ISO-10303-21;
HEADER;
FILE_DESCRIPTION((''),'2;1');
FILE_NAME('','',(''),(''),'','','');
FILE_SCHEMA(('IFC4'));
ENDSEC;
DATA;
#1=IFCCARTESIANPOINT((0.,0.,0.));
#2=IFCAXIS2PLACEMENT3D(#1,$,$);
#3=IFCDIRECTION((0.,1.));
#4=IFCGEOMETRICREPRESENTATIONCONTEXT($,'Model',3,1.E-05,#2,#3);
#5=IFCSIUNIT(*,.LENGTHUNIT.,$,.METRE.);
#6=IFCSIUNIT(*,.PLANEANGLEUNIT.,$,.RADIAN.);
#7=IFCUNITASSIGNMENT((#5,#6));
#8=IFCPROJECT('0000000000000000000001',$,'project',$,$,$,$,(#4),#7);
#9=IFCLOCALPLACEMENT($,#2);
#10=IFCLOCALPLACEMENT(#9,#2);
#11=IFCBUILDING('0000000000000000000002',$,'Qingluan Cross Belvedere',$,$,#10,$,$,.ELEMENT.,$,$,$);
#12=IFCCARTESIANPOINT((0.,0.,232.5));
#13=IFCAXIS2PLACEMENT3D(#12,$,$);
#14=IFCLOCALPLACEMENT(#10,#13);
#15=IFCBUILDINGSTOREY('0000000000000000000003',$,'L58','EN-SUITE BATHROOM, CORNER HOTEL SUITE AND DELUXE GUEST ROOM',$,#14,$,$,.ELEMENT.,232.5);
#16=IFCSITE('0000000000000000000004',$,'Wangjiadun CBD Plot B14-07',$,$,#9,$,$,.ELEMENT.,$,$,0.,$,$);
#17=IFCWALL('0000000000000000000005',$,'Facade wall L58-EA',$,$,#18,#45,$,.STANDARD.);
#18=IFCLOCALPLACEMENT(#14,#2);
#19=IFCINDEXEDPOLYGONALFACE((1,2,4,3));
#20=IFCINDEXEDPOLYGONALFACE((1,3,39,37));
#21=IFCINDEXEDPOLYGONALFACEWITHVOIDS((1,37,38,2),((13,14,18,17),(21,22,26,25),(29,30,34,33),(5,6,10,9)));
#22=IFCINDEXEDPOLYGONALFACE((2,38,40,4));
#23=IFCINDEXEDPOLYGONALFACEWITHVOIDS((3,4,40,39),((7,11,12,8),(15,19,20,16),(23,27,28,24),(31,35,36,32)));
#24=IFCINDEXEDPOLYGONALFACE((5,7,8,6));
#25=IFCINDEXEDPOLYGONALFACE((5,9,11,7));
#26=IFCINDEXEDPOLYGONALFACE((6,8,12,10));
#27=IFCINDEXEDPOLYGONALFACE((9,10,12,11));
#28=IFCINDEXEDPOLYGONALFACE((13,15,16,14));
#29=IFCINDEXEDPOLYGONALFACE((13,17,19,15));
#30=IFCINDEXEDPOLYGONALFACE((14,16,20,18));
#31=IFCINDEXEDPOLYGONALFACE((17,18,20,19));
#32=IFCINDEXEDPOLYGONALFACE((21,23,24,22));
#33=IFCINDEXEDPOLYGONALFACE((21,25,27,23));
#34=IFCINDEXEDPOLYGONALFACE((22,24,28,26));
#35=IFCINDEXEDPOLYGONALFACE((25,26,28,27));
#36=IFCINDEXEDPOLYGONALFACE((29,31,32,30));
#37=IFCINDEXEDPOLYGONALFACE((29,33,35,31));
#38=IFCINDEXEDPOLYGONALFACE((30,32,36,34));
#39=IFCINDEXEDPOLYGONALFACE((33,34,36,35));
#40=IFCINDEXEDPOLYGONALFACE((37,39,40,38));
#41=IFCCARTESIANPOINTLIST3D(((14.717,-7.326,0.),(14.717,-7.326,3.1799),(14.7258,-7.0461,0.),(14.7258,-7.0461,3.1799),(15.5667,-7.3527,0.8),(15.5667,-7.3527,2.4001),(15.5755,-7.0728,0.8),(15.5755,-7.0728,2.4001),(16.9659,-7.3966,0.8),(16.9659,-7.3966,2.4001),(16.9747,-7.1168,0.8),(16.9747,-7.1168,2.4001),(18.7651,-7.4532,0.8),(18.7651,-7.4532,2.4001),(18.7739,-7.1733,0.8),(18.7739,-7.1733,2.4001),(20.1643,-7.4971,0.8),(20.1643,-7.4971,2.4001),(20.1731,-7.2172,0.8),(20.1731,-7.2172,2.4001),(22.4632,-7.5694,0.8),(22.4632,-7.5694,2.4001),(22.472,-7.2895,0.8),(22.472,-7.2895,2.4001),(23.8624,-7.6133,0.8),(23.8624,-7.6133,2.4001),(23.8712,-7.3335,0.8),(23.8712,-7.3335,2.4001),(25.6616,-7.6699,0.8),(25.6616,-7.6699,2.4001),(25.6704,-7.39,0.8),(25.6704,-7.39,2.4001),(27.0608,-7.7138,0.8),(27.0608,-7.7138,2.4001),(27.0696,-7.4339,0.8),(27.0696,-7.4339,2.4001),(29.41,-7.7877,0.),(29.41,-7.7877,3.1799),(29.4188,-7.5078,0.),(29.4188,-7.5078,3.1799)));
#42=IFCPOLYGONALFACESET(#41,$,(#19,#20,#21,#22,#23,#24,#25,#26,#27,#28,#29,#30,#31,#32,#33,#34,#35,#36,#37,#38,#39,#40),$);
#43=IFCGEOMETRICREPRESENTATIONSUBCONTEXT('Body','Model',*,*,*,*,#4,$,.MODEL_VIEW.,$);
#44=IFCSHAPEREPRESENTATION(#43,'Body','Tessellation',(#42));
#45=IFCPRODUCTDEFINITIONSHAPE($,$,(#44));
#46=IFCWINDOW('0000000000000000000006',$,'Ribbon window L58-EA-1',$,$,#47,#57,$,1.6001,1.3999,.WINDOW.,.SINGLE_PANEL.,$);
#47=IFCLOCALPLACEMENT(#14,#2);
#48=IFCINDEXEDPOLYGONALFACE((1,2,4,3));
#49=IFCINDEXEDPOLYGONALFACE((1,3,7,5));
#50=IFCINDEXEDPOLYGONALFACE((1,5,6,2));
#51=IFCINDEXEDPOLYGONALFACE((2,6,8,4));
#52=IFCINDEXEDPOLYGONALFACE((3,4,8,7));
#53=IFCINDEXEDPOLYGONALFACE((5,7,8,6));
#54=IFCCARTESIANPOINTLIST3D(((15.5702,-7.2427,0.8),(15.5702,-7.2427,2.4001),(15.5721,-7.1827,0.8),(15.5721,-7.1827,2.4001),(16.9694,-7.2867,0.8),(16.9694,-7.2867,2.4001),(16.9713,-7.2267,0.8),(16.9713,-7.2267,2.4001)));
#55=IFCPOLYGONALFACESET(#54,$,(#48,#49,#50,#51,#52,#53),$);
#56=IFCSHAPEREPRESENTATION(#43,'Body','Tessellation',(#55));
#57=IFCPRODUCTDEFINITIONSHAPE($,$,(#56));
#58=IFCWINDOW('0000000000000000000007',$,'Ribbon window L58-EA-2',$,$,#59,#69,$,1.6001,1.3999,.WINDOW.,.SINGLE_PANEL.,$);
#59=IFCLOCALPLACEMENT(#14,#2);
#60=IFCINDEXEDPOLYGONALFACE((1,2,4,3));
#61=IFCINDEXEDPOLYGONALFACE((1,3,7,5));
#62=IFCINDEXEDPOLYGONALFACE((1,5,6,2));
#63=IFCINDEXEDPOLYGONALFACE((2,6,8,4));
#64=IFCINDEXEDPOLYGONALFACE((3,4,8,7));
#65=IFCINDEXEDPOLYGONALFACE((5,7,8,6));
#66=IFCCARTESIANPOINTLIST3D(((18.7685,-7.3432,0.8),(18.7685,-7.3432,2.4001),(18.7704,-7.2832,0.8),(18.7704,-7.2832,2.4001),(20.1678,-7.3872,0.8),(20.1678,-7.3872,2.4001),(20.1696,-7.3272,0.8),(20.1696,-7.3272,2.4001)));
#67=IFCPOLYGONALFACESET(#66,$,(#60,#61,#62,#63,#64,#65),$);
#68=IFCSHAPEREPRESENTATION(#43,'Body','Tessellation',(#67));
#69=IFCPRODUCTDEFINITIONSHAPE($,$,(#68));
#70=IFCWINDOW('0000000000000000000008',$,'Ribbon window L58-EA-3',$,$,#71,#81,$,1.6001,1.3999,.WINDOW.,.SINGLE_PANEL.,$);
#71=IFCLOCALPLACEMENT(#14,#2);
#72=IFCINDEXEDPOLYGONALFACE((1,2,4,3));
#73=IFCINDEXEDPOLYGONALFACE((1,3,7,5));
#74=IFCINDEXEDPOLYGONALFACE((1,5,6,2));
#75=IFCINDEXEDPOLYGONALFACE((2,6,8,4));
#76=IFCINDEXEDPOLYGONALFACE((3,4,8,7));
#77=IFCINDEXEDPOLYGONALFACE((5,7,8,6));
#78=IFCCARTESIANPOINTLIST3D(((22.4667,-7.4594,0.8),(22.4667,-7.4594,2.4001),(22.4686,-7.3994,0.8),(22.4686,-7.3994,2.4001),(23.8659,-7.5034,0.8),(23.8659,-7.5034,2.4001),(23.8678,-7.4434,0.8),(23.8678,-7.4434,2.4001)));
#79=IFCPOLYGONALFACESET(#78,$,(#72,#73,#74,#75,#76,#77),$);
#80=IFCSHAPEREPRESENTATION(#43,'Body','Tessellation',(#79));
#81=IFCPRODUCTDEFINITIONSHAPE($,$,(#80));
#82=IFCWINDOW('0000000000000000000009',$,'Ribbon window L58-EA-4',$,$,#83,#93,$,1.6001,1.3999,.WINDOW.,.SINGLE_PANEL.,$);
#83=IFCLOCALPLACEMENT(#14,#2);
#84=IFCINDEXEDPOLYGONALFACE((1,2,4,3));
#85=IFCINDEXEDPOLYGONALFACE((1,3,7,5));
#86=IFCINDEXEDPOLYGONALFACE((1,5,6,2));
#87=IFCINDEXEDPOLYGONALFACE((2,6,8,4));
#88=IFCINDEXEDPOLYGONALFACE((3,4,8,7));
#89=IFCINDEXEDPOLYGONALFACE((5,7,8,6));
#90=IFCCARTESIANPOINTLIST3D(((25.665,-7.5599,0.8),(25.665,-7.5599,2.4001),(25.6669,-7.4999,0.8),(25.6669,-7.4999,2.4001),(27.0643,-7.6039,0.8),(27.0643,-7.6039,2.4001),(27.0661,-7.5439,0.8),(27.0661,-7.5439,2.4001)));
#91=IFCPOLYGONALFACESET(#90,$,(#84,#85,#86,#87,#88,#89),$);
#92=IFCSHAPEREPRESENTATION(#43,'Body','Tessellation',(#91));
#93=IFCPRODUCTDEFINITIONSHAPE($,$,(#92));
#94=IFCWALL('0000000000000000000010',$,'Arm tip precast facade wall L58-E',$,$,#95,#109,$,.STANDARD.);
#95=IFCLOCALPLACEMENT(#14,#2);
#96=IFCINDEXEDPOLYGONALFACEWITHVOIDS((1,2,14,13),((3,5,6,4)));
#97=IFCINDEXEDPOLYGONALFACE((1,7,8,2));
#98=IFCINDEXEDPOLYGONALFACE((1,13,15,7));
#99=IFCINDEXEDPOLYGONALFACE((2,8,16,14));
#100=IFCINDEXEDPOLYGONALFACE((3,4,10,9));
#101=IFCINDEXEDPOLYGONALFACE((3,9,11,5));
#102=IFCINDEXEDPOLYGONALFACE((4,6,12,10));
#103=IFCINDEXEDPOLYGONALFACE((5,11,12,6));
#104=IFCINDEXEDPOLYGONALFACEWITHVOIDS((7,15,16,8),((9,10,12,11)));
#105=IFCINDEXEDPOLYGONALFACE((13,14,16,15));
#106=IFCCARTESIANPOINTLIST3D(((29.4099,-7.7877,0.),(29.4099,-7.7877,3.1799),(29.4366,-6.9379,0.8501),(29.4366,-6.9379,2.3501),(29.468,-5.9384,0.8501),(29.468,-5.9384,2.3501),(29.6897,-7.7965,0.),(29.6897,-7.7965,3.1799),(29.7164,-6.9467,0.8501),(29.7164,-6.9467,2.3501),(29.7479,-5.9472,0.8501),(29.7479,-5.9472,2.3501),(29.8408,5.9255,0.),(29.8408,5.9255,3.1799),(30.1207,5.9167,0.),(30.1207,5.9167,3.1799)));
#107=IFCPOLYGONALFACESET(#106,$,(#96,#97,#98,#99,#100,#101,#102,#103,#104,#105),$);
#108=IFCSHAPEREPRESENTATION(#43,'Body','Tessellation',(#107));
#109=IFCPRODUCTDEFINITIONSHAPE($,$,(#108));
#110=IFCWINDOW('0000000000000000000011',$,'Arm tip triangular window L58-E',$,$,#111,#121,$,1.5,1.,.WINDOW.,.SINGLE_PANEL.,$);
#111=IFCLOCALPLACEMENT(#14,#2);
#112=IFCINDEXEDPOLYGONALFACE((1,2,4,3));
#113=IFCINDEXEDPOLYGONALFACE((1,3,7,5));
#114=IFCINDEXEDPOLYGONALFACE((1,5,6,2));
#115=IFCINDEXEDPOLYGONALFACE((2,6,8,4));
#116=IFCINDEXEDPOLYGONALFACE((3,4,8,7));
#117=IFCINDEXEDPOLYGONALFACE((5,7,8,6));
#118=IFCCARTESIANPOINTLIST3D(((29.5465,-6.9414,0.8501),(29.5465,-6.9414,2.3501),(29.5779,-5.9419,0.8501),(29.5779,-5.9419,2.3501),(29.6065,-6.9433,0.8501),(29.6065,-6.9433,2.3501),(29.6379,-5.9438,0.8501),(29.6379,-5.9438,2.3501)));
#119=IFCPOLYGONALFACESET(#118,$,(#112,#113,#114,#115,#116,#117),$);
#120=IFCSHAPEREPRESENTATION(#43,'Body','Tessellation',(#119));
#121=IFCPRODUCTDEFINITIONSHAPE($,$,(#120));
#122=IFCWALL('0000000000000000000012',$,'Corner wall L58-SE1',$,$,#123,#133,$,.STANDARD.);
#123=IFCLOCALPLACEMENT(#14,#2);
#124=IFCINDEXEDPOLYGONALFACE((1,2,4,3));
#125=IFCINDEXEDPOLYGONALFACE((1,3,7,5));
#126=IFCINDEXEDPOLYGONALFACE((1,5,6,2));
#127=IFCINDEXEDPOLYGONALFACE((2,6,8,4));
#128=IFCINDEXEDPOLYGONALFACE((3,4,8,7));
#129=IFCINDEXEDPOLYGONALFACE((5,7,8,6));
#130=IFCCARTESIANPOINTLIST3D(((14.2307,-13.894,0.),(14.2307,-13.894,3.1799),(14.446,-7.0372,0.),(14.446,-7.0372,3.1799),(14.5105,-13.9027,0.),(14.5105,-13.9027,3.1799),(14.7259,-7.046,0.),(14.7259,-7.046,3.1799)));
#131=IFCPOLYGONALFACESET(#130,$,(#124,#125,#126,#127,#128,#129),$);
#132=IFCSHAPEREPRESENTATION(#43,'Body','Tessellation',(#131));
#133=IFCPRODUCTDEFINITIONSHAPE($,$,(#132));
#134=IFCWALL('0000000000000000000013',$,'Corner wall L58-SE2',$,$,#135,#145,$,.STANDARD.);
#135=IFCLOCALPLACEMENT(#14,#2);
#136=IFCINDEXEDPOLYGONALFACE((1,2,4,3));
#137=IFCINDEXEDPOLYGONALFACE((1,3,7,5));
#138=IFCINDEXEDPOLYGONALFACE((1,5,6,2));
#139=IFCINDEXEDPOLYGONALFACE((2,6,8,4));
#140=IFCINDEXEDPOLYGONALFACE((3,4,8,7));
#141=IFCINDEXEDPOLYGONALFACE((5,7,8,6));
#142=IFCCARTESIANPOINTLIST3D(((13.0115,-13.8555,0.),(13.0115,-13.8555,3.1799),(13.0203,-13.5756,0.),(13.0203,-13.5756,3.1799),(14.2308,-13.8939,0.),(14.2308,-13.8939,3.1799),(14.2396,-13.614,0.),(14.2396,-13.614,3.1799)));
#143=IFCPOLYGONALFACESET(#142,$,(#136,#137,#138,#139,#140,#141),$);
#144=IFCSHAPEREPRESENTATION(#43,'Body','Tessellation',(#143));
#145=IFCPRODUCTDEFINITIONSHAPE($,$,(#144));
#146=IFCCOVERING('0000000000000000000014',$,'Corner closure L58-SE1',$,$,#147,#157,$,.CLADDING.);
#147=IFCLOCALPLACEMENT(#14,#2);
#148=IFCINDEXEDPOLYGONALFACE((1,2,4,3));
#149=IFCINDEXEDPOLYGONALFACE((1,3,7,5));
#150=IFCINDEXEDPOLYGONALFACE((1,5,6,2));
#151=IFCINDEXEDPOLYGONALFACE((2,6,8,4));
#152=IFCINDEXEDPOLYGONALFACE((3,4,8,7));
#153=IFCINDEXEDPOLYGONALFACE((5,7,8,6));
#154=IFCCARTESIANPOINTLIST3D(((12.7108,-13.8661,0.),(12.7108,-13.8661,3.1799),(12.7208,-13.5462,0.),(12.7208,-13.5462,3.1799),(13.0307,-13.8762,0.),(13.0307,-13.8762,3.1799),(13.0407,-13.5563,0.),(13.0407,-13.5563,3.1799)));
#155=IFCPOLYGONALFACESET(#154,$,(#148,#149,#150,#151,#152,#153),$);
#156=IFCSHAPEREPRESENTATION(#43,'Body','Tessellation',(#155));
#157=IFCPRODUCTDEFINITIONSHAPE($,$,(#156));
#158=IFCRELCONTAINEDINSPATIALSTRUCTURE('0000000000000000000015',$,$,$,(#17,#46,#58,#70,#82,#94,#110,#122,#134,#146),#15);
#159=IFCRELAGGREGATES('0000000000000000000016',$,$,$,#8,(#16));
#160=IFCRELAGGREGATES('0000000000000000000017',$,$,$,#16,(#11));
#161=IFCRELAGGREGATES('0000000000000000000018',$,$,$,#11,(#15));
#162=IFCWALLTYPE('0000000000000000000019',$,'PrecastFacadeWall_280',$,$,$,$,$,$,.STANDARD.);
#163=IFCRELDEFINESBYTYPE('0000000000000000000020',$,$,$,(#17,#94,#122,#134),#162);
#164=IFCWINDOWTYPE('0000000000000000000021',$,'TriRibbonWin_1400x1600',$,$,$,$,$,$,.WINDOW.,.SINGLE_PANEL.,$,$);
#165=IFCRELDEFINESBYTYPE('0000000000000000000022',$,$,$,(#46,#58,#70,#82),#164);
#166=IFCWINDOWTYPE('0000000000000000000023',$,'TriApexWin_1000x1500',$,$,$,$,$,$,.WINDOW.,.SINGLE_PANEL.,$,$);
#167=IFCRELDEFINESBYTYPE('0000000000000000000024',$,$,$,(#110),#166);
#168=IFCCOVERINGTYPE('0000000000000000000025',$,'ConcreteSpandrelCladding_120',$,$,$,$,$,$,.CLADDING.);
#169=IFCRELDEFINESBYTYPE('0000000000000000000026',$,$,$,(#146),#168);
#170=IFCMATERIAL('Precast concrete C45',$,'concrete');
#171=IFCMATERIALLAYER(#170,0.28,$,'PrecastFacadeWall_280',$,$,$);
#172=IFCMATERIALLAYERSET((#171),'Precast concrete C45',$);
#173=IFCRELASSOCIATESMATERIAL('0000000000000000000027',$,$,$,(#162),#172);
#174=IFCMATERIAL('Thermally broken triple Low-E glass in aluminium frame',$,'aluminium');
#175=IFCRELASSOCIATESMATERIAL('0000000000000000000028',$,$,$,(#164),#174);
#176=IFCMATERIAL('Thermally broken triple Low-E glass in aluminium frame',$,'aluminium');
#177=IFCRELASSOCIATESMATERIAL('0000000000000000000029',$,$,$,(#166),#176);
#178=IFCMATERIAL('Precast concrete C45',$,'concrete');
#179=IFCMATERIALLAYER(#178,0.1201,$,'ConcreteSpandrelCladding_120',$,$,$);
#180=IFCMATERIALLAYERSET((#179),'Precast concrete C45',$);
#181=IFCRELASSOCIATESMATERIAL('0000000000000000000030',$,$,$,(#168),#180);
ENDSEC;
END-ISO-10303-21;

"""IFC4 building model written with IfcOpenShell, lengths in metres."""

from ifc_helpers import new_model, si_unit, direction, frame, frame_2d, origin, origin_2d, place, context, subcontext, project, spatial, rectangle, extrude, material, layer, layer_set, type_object, element, fill, save


model = new_model("IFC4")

# Units and contexts
model_context = context("Model", 3, precision=1e-05, world=origin(), true_north=direction((0.0, 1.0)))
body_context = subcontext(model_context, "Body", "Model", "MODEL_VIEW")
ifc_project = project(units=[si_unit("LENGTHUNIT", "METRE"), si_unit("PLANEANGLEUNIT", "RADIAN")], contexts=[model_context])

# Site, building, storey
site_placement = place(None, origin())
site = spatial("IfcSite", under=ifc_project, at=site_placement, Name="Wangjiadun CBD Plot B14-07", CompositionType="ELEMENT", RefElevation=0.0)
building_placement = place(site_placement, origin())
building = spatial("IfcBuilding", under=site, at=building_placement, Name="Qingluan Cross Belvedere", CompositionType="ELEMENT")
storey_placement = place(building_placement, frame((0.0, 0.0, 232.5)))
storey = spatial("IfcBuildingStorey", under=building, at=storey_placement, Name="L58", Description="EN-SUITE BATHROOM, CORNER HOTEL SUITE AND DELUXE GUEST ROOM", CompositionType="ELEMENT", Elevation=232.5)

# Wall, openings, windows
ifc_material_1 = material(Name="Precast concrete C45", Category="concrete")
ifc_layer_1 = layer(ifc_material_1, 0.28, Name="PrecastFacadeWall_280")
ifc_layer_set_1 = layer_set([ifc_layer_1], Name="Precast concrete C45")
wall_type_1 = type_object("IfcWallType", Name="PrecastFacadeWall_280", PredefinedType="STANDARD", material=ifc_layer_set_1)
wall_1_placement = place(storey_placement, frame((14.7214, -7.186, 0.0), z_axis=(0.0, 0.0, 1.0), x_axis=(0.999507, -0.031406, 0.0)))
wall_1 = element("IfcWall", 1, at=wall_1_placement, inside=storey, type_object=wall_type_1, Name="Facade wall L58-EA", PredefinedType="STANDARD", context=body_context, shape_type="SweptSolid", body=[
    extrude(rectangle(XDim=14.7002, YDim=0.28, at=frame_2d((7.3501, 0.0))), origin(), (0.0, 0.0, 1.0), 3.1799),
])
opening_1_placement = place(wall_1_placement, frame((0.8501, 0.0, 0.8)))
opening_1 = element("IfcOpeningElement", 2, at=opening_1_placement, cuts=wall_1, PredefinedType="OPENING", context=body_context, shape_type="SweptSolid", body=[
    extrude(rectangle(XDim=1.3999, YDim=1.6001, at=frame_2d((0.7, 0.8))), frame((0.0, 0.1499, 0.0), z_axis=(0.0, -1.0, 0.0), x_axis=(1.0, 0.0, 0.0)), (0.0, 0.0, 1.0), 0.3),
])
opening_2_placement = place(wall_1_placement, frame((4.05, 0.0, 0.8)))
opening_2 = element("IfcOpeningElement", 3, at=opening_2_placement, cuts=wall_1, PredefinedType="OPENING", context=body_context, shape_type="SweptSolid", body=[
    extrude(rectangle(XDim=1.3999, YDim=1.6001, at=frame_2d((0.7, 0.8))), frame((0.0, 0.1499, 0.0), z_axis=(0.0, -1.0, 0.0), x_axis=(1.0, 0.0, 0.0)), (0.0, 0.0, 1.0), 0.3),
])
opening_3_placement = place(wall_1_placement, frame((7.75, 0.0, 0.8)))
opening_3 = element("IfcOpeningElement", 4, at=opening_3_placement, cuts=wall_1, PredefinedType="OPENING", context=body_context, shape_type="SweptSolid", body=[
    extrude(rectangle(XDim=1.3999, YDim=1.6001, at=frame_2d((0.7, 0.8))), frame((0.0, 0.1499, 0.0), z_axis=(0.0, -1.0, 0.0), x_axis=(1.0, 0.0, 0.0)), (0.0, 0.0, 1.0), 0.3),
])
opening_4_placement = place(wall_1_placement, frame((10.95, 0.0, 0.8)))
opening_4 = element("IfcOpeningElement", 5, at=opening_4_placement, cuts=wall_1, PredefinedType="OPENING", context=body_context, shape_type="SweptSolid", body=[
    extrude(rectangle(XDim=1.3999, YDim=1.6001, at=frame_2d((0.7, 0.8))), frame((0.0, 0.1499, 0.0), z_axis=(0.0, -1.0, 0.0), x_axis=(1.0, 0.0, 0.0)), (0.0, 0.0, 1.0), 0.3),
])
ifc_material_2 = material(Name="Thermally broken triple Low-E glass in aluminium frame", Category="aluminium")
window_type_1 = type_object("IfcWindowType", Name="TriRibbonWin_1400x1600", PartitioningType="SINGLE_PANEL", PredefinedType="WINDOW", material=ifc_material_2)
window_1_placement = place(opening_1_placement, origin())
window_1 = element("IfcWindow", 6, at=window_1_placement, inside=storey, type_object=window_type_1, Name="Ribbon window L58-EA-1", OverallHeight=1.6001, OverallWidth=1.3999, PartitioningType="SINGLE_PANEL", PredefinedType="WINDOW", context=body_context, shape_type="SweptSolid", body=[
    extrude(rectangle(XDim=1.3999, YDim=1.6001, at=frame_2d((0.7, 0.8))), frame((0.0, 0.03, 0.0), z_axis=(0.0, -1.0, 0.0), x_axis=(1.0, 0.0, 0.0)), (0.0, 0.0, 1.0), 0.0601),
])
fill(opening_1, window_1)
window_2_placement = place(opening_2_placement, origin())
window_2 = element("IfcWindow", 7, at=window_2_placement, inside=storey, type_object=window_type_1, Name="Ribbon window L58-EA-2", OverallHeight=1.6001, OverallWidth=1.3999, PartitioningType="SINGLE_PANEL", PredefinedType="WINDOW", context=body_context, shape_type="SweptSolid", body=[
    extrude(rectangle(XDim=1.3999, YDim=1.6001, at=frame_2d((0.7, 0.8))), frame((0.0, 0.03, 0.0), z_axis=(0.0, -1.0, 0.0), x_axis=(1.0, 0.0, 0.0)), (0.0, 0.0, 1.0), 0.0601),
])
fill(opening_2, window_2)
window_3_placement = place(opening_3_placement, origin())
window_3 = element("IfcWindow", 8, at=window_3_placement, inside=storey, type_object=window_type_1, Name="Ribbon window L58-EA-3", OverallHeight=1.6001, OverallWidth=1.3999, PartitioningType="SINGLE_PANEL", PredefinedType="WINDOW", context=body_context, shape_type="SweptSolid", body=[
    extrude(rectangle(XDim=1.3999, YDim=1.6001, at=frame_2d((0.7, 0.8))), frame((0.0, 0.03, 0.0), z_axis=(0.0, -1.0, 0.0), x_axis=(1.0, 0.0, 0.0)), (0.0, 0.0, 1.0), 0.0601),
])
fill(opening_3, window_3)
window_4_placement = place(opening_4_placement, origin())
window_4 = element("IfcWindow", 9, at=window_4_placement, inside=storey, type_object=window_type_1, Name="Ribbon window L58-EA-4", OverallHeight=1.6001, OverallWidth=1.3999, PartitioningType="SINGLE_PANEL", PredefinedType="WINDOW", context=body_context, shape_type="SweptSolid", body=[
    extrude(rectangle(XDim=1.3999, YDim=1.6001, at=frame_2d((0.7, 0.8))), frame((0.0, 0.03, 0.0), z_axis=(0.0, -1.0, 0.0), x_axis=(1.0, 0.0, 0.0)), (0.0, 0.0, 1.0), 0.0601),
])
fill(opening_4, window_4)

# Wall, opening, window
wall_2_placement = place(storey_placement, frame((29.5498, -7.792, 0.0), z_axis=(0.0, 0.0, 1.0), x_axis=(0.031408, 0.999507, 0.0)))
wall_2 = element("IfcWall", 10, at=wall_2_placement, inside=storey, type_object=wall_type_1, Name="Arm tip precast facade wall L58-E", PredefinedType="STANDARD", context=body_context, shape_type="SweptSolid", body=[
    extrude(rectangle(XDim=13.72, YDim=0.28, at=frame_2d((6.8599, 0.0))), origin(), (0.0, 0.0, 1.0), 3.1799),
])
opening_5_placement = place(wall_2_placement, frame((0.8501, 0.0, 0.8501)))
opening_5 = element("IfcOpeningElement", 11, at=opening_5_placement, cuts=wall_2, PredefinedType="OPENING", context=body_context, shape_type="SweptSolid", body=[
    extrude(rectangle(XDim=1.0, YDim=1.5, at=frame_2d((0.5, 0.75))), frame((0.0, 0.1499, 0.0), z_axis=(0.0, -1.0, 0.0), x_axis=(1.0, 0.0, 0.0)), (0.0, 0.0, 1.0), 0.3),
])
ifc_material_3 = material(Name="Thermally broken triple Low-E glass in aluminium frame", Category="aluminium")
window_type_2 = type_object("IfcWindowType", Name="TriApexWin_1000x1500", PartitioningType="SINGLE_PANEL", PredefinedType="WINDOW", material=ifc_material_3)
window_5_placement = place(opening_5_placement, origin())
window_5 = element("IfcWindow", 12, at=window_5_placement, inside=storey, type_object=window_type_2, Name="Arm tip triangular window L58-E", OverallHeight=1.5, OverallWidth=1.0, PartitioningType="SINGLE_PANEL", PredefinedType="WINDOW", context=body_context, shape_type="SweptSolid", body=[
    extrude(rectangle(XDim=1.0, YDim=1.5, at=frame_2d((0.5, 0.75))), frame((0.0, 0.03, 0.0), z_axis=(0.0, -1.0, 0.0), x_axis=(1.0, 0.0, 0.0)), (0.0, 0.0, 1.0), 0.0601),
])
fill(opening_5, window_5)

# Walls
wall_3_placement = place(storey_placement, frame((14.5859, -7.0415, 0.0), z_axis=(0.0, 0.0, 1.0), x_axis=(-0.031389, -0.999507, 0.0)))
element("IfcWall", 13, at=wall_3_placement, inside=storey, type_object=wall_type_1, Name="Corner wall L58-SE1", PredefinedType="STANDARD", context=body_context, shape_type="SweptSolid", body=[
    extrude(rectangle(XDim=6.8601, YDim=0.28, at=frame_2d((3.4302, 0.0))), origin(), (0.0, 0.0, 1.0), 3.1799),
])
wall_4_placement = place(storey_placement, frame((14.2351, -13.7539, 0.0), z_axis=(0.0, 0.0, 1.0), x_axis=(-0.999506, 0.031416, 0.0)))
element("IfcWall", 14, at=wall_4_placement, inside=storey, type_object=wall_type_1, Name="Corner wall L58-SE2", PredefinedType="STANDARD", context=body_context, shape_type="SweptSolid", body=[
    extrude(rectangle(XDim=1.22, YDim=0.28, at=frame_2d((0.6099, 0.0))), origin(), (0.0, 0.0, 1.0), 3.1799),
])

# Covering
ifc_material_4 = material(Name="Precast concrete C45", Category="concrete")
ifc_layer_2 = layer(ifc_material_4, 0.1201, Name="ConcreteSpandrelCladding_120")
ifc_layer_set_2 = layer_set([ifc_layer_2], Name="Precast concrete C45")
covering_type = type_object("IfcCoveringType", Name="ConcreteSpandrelCladding_120", PredefinedType="CLADDING", material=ifc_layer_set_2)
covering_placement = place(storey_placement, frame((12.8757, -13.7112, 0.0), z_axis=(0.0, 0.0, 1.0), x_axis=(0.999507, -0.031411, 0.0)))
element("IfcCovering", 15, at=covering_placement, inside=storey, type_object=covering_type, Name="Corner closure L58-SE1", PredefinedType="CLADDING", context=body_context, shape_type="SweptSolid", body=[
    extrude(rectangle(XDim=0.3201, YDim=0.3201, at=origin_2d()), origin(), (0.0, 0.0, 1.0), 3.1799),
])

save(model, "model.ifc")
